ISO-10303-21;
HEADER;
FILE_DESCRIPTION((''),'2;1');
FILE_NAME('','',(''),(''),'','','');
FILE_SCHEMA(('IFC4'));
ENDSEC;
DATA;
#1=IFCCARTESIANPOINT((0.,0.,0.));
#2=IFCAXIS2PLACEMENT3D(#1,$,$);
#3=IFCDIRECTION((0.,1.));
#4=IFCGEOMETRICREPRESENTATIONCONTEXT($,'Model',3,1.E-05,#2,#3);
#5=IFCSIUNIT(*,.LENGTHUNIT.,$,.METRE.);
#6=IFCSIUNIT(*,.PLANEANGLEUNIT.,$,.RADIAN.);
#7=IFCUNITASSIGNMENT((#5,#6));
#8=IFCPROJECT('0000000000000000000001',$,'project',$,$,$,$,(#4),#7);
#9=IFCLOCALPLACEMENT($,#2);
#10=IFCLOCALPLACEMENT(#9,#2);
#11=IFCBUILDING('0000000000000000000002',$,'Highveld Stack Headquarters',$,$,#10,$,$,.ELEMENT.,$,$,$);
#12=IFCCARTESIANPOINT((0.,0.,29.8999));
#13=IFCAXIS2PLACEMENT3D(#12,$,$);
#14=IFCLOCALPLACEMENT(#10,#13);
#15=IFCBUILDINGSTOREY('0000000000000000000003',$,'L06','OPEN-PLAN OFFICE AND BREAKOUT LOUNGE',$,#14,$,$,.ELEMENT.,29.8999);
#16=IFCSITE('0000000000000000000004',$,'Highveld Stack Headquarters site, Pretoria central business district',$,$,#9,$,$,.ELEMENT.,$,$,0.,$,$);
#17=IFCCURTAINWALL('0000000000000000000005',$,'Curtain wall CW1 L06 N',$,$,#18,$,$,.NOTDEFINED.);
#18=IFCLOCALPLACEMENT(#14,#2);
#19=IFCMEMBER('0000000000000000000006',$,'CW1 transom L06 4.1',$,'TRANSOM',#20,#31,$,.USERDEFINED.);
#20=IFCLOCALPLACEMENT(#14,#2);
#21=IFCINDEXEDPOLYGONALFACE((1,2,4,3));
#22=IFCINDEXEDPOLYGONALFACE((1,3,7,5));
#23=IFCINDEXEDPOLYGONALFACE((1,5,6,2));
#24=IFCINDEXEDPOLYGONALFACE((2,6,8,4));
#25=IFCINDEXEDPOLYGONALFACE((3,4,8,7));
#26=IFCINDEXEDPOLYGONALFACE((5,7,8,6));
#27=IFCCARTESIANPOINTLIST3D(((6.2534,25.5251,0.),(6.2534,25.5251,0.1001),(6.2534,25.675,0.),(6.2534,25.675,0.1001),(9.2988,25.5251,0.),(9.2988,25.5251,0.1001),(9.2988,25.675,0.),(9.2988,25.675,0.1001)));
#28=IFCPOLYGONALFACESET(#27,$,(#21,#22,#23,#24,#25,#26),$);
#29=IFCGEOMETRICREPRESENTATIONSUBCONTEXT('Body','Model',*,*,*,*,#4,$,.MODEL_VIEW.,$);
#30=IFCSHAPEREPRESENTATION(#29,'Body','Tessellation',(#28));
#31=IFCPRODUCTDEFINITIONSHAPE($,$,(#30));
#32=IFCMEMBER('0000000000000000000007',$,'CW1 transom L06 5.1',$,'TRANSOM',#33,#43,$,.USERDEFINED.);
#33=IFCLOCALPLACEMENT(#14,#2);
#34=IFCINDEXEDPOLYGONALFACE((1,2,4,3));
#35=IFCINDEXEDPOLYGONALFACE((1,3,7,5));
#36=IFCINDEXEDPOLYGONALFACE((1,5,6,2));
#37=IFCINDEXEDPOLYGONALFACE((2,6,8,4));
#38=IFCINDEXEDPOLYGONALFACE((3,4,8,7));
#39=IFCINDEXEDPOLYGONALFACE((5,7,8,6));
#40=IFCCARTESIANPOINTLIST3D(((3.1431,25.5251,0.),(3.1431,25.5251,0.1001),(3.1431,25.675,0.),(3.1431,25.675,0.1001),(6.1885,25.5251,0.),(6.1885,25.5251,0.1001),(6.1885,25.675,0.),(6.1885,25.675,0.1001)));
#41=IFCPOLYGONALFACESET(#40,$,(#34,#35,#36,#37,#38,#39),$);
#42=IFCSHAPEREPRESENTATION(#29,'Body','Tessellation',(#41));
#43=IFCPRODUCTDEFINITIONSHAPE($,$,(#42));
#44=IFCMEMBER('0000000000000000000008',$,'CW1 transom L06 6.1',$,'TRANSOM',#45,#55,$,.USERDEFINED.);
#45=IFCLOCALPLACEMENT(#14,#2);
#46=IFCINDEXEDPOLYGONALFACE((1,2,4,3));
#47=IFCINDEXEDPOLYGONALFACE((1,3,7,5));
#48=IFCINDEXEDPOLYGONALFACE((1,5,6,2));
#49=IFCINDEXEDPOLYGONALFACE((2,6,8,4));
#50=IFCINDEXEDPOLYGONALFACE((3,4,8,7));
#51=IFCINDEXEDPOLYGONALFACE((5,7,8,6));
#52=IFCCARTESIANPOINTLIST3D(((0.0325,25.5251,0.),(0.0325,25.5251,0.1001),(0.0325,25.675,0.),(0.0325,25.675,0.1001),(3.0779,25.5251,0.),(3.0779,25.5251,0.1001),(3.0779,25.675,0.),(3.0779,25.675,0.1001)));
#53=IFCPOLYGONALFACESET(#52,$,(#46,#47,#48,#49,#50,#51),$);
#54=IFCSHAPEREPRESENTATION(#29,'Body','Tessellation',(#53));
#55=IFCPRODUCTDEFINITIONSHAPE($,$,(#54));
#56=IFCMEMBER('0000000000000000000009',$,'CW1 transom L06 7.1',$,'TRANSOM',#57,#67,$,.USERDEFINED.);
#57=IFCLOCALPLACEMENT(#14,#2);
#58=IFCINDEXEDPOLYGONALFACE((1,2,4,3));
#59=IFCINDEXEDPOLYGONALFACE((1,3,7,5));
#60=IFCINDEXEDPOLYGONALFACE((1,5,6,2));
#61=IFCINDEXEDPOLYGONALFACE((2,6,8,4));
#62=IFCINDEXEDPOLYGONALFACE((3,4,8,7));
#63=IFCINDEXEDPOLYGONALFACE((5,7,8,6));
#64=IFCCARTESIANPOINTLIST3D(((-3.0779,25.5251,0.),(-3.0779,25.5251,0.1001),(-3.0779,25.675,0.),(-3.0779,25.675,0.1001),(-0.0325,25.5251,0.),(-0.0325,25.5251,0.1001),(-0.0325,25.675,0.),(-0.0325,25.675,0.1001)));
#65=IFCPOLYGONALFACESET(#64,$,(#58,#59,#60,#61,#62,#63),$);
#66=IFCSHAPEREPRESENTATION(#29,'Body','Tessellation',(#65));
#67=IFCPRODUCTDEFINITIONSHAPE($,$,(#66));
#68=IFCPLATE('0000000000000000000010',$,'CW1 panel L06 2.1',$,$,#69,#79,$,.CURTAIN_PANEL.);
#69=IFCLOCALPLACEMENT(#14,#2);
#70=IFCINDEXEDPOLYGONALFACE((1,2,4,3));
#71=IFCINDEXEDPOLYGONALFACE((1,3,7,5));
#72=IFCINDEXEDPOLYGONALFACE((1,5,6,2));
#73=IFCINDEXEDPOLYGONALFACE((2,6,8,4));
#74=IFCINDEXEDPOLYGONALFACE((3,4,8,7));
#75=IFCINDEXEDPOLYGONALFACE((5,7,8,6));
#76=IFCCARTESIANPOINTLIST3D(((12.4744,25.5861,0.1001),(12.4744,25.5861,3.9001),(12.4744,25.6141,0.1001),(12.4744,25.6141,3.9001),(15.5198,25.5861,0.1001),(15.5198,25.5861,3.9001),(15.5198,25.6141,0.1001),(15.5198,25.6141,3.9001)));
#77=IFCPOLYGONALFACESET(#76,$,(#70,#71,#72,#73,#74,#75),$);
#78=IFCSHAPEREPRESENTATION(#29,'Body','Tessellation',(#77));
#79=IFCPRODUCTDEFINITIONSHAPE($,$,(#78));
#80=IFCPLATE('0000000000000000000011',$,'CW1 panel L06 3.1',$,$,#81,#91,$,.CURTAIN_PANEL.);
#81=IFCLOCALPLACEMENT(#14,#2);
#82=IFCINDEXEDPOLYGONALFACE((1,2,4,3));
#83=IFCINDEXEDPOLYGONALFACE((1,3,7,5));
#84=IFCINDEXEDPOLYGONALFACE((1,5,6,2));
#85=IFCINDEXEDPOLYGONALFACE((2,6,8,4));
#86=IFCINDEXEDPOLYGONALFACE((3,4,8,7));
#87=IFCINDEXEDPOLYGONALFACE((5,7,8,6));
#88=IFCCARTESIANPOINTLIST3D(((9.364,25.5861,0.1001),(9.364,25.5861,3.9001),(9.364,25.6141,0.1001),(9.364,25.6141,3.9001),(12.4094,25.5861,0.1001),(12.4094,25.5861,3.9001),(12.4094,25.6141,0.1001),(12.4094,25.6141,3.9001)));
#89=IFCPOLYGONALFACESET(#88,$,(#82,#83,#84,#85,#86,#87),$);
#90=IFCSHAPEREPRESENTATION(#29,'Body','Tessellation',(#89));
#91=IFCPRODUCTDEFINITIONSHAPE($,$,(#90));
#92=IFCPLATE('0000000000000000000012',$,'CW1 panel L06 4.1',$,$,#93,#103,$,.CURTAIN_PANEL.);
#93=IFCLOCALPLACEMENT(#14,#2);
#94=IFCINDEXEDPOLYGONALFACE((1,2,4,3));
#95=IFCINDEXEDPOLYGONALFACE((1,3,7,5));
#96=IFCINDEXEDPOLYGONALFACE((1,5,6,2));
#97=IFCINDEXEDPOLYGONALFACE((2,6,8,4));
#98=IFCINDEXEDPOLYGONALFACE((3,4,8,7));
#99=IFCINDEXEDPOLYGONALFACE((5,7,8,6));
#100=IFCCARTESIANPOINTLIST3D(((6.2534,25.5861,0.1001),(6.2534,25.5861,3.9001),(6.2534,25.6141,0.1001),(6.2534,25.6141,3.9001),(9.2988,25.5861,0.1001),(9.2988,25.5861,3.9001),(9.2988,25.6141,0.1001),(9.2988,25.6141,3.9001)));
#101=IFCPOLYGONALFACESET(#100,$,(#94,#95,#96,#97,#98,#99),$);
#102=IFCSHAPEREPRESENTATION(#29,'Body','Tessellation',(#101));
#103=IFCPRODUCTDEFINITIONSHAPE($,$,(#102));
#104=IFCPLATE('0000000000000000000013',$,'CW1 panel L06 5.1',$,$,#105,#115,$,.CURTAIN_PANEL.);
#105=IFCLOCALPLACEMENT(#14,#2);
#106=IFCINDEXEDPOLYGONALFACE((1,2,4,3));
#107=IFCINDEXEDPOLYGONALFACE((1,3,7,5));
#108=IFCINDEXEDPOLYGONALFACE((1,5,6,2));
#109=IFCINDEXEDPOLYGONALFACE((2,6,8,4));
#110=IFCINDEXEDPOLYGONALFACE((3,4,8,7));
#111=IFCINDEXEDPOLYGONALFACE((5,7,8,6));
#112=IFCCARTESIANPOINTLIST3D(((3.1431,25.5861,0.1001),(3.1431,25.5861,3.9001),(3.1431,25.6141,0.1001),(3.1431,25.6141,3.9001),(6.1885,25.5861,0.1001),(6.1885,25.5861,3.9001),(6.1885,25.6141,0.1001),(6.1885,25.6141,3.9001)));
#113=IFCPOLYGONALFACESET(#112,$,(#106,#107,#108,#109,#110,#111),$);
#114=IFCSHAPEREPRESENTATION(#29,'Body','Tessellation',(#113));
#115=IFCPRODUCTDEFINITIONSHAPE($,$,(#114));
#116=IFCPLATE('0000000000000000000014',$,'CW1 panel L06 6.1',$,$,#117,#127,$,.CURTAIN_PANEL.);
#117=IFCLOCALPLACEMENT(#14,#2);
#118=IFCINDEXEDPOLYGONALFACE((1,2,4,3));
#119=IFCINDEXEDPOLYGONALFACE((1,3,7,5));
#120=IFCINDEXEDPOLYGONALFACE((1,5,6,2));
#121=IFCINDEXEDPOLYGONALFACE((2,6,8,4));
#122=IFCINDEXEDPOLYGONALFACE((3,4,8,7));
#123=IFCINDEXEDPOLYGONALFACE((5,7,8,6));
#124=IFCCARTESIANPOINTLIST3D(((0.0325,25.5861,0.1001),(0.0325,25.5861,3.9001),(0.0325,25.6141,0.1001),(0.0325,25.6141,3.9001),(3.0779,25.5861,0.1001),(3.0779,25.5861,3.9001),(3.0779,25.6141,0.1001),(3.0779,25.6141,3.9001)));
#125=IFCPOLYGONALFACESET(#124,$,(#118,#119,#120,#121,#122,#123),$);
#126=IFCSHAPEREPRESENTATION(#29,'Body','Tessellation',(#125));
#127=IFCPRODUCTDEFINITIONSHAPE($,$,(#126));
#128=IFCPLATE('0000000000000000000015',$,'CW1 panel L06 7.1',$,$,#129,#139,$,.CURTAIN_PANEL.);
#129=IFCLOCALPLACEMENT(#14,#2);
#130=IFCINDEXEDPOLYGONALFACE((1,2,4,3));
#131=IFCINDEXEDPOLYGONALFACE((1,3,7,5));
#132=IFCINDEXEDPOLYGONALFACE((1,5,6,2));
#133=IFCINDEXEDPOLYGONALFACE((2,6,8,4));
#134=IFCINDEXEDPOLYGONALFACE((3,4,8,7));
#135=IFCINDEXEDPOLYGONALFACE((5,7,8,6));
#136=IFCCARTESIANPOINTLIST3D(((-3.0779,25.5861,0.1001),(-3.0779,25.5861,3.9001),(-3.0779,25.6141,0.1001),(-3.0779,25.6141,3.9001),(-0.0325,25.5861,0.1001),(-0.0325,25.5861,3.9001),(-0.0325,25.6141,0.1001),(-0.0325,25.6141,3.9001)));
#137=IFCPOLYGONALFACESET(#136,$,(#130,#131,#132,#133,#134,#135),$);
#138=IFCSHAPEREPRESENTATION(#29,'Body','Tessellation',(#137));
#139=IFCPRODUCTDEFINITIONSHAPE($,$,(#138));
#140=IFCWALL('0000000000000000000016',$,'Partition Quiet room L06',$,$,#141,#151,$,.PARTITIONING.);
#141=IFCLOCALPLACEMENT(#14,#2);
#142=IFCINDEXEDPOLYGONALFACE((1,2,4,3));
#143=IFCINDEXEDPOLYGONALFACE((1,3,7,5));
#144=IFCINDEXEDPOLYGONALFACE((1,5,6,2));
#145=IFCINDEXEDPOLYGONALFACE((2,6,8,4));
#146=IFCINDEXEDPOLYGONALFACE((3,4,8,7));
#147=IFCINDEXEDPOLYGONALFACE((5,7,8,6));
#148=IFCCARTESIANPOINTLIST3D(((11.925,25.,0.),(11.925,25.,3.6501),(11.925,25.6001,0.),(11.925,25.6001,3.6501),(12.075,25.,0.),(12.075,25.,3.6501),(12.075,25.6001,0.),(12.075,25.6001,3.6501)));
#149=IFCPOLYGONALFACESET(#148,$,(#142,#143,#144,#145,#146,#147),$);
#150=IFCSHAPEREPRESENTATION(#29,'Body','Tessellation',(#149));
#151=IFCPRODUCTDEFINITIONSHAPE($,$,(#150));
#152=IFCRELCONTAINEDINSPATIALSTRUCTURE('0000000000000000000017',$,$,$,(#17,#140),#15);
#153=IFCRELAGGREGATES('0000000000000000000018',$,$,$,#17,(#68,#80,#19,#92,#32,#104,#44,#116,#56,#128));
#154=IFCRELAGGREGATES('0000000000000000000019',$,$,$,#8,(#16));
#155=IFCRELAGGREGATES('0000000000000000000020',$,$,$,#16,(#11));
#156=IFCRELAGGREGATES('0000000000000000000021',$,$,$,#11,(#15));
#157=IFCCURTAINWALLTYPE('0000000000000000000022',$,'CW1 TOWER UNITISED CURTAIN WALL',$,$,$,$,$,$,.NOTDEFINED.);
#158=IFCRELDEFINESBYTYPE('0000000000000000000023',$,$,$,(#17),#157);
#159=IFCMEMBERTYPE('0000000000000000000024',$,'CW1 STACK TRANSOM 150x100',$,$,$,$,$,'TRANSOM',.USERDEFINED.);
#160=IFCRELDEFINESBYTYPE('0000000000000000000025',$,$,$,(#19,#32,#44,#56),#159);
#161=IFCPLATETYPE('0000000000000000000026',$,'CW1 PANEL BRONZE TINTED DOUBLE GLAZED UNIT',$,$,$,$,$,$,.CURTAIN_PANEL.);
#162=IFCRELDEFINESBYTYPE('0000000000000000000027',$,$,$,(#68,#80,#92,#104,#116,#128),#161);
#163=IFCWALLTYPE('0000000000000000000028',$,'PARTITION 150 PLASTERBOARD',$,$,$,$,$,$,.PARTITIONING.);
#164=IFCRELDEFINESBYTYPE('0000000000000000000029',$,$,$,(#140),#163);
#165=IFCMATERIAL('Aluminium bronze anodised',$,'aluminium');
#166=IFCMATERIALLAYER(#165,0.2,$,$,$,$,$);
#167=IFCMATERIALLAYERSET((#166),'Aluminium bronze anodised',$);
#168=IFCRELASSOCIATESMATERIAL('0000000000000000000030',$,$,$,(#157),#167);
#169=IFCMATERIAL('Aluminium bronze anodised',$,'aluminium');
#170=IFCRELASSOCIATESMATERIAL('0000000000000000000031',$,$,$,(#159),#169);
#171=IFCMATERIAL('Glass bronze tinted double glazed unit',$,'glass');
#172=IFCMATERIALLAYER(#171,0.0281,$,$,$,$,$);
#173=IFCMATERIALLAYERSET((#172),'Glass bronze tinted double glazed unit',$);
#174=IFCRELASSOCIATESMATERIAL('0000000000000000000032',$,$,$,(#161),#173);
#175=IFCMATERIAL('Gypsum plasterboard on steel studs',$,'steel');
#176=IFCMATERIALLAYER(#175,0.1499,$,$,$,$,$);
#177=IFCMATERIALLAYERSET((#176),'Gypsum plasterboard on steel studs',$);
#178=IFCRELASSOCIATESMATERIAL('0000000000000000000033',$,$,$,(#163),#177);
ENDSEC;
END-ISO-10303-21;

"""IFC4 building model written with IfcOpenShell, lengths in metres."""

from ifc_helpers import new_model, si_unit, direction, frame, frame_2d, origin, origin_2d, place, context, subcontext, project, spatial, rectangle, extrude, material, layer, layer_set, material_profile, profile_set, type_object, element, aggregate, save


model = new_model("IFC4")

# Units and contexts
model_context = context("Model", 3, precision=1e-05, world=origin(), true_north=direction((0.0, 1.0)))
body_context = subcontext(model_context, "Body", "Model", "MODEL_VIEW")
ifc_project = project(units=[si_unit("LENGTHUNIT", "METRE"), si_unit("PLANEANGLEUNIT", "RADIAN")], contexts=[model_context])

# Site, building, storey
site_placement = place(None, origin())
site = spatial("IfcSite", under=ifc_project, at=site_placement, Name="Highveld Stack Headquarters site, Pretoria central business district", CompositionType="ELEMENT", RefElevation=0.0)
building_placement = place(site_placement, origin())
building = spatial("IfcBuilding", under=site, at=building_placement, Name="Highveld Stack Headquarters", CompositionType="ELEMENT")
storey_placement = place(building_placement, frame((0.0, 0.0, 29.8999)))
storey = spatial("IfcBuildingStorey", under=building, at=storey_placement, Name="L06", Description="OPEN-PLAN OFFICE AND BREAKOUT LOUNGE", CompositionType="ELEMENT", Elevation=29.8999)

# Curtain wall, members, plates
ifc_material_1 = material(Name="Aluminium bronze anodised", Category="aluminium")
ifc_layer_1 = layer(ifc_material_1, 0.2)
ifc_layer_set_1 = layer_set([ifc_layer_1], Name="Aluminium bronze anodised")
curtain_wall_type = type_object("IfcCurtainWallType", Name="CW1 TOWER UNITISED CURTAIN WALL", PredefinedType="NOTDEFINED", material=ifc_layer_set_1)
curtain_wall_placement = place(storey_placement, origin())
curtain_wall = element("IfcCurtainWall", 1, at=curtain_wall_placement, inside=storey, type_object=curtain_wall_type, Name="Curtain wall CW1 L06 N", PredefinedType="NOTDEFINED")
ifc_material_2 = material(Name="Aluminium bronze anodised", Category="aluminium")
ifc_material_profile_1 = material_profile(ifc_material_2, rectangle(XDim=0.1499, YDim=0.1001, at=origin_2d()), Name="CW1 TRANSOM 150x100")
ifc_profile_set_1 = profile_set([ifc_material_profile_1], Name="Aluminium bronze anodised")
member_type_1 = type_object("IfcMemberType", Name="CW1 STACK TRANSOM 150x100", ElementType="TRANSOM", PredefinedType="USERDEFINED", material=ifc_profile_set_1)
member_1_placement = place(storey_placement, frame((9.2988, 25.6001, 0.05), z_axis=(-1.0, 0.0, 0.0), x_axis=(0.0, -1.0, 0.0)))
member_1 = element("IfcMember", 2, at=member_1_placement, type_object=member_type_1, Name="CW1 transom L06 4.1", ObjectType="TRANSOM", PredefinedType="USERDEFINED", context=body_context, shape_type="SweptSolid", body=[
    extrude(rectangle(XDim=0.1499, YDim=0.1001, at=origin_2d()), origin(), (0.0, 0.0, 1.0), 3.0454),
])
member_2_placement = place(storey_placement, frame((6.1885, 25.6001, 0.05), z_axis=(-1.0, 0.0, 0.0), x_axis=(0.0, -1.0, 0.0)))
member_2 = element("IfcMember", 3, at=member_2_placement, type_object=member_type_1, Name="CW1 transom L06 5.1", ObjectType="TRANSOM", PredefinedType="USERDEFINED", context=body_context, shape_type="SweptSolid", body=[
    extrude(rectangle(XDim=0.1499, YDim=0.1001, at=origin_2d()), origin(), (0.0, 0.0, 1.0), 3.0454),
])
member_3_placement = place(storey_placement, frame((3.0779, 25.6001, 0.05), z_axis=(-1.0, 0.0, 0.0), x_axis=(0.0, -1.0, 0.0)))
member_3 = element("IfcMember", 4, at=member_3_placement, type_object=member_type_1, Name="CW1 transom L06 6.1", ObjectType="TRANSOM", PredefinedType="USERDEFINED", context=body_context, shape_type="SweptSolid", body=[
    extrude(rectangle(XDim=0.1499, YDim=0.1001, at=origin_2d()), origin(), (0.0, 0.0, 1.0), 3.0454),
])
member_4_placement = place(storey_placement, frame((-0.0325, 25.6001, 0.05), z_axis=(-1.0, 0.0, 0.0), x_axis=(0.0, -1.0, 0.0)))
member_4 = element("IfcMember", 5, at=member_4_placement, type_object=member_type_1, Name="CW1 transom L06 7.1", ObjectType="TRANSOM", PredefinedType="USERDEFINED", context=body_context, shape_type="SweptSolid", body=[
    extrude(rectangle(XDim=0.1499, YDim=0.1001, at=origin_2d()), origin(), (0.0, 0.0, 1.0), 3.0454),
])
ifc_material_3 = material(Name="Glass bronze tinted double glazed unit", Category="glass")
ifc_layer_2 = layer(ifc_material_3, 0.0281)
ifc_layer_set_2 = layer_set([ifc_layer_2], Name="Glass bronze tinted double glazed unit")
plate_type = type_object("IfcPlateType", Name="CW1 PANEL BRONZE TINTED DOUBLE GLAZED UNIT", PredefinedType="CURTAIN_PANEL", material=ifc_layer_set_2)
plate_1_placement = place(storey_placement, frame((13.9971, 25.6001, 0.1001), z_axis=(0.0, 0.0, 1.0), x_axis=(-1.0, 0.0, 0.0)))
plate_1 = element("IfcPlate", 6, at=plate_1_placement, type_object=plate_type, Name="CW1 panel L06 2.1", PredefinedType="CURTAIN_PANEL", context=body_context, shape_type="SweptSolid", body=[
    extrude(rectangle(XDim=3.0454, YDim=0.0281, at=origin_2d()), origin(), (0.0, 0.0, 1.0), 3.8),
])
plate_2_placement = place(storey_placement, frame((10.8867, 25.6001, 0.1001), z_axis=(0.0, 0.0, 1.0), x_axis=(-1.0, 0.0, 0.0)))
plate_2 = element("IfcPlate", 7, at=plate_2_placement, type_object=plate_type, Name="CW1 panel L06 3.1", PredefinedType="CURTAIN_PANEL", context=body_context, shape_type="SweptSolid", body=[
    extrude(rectangle(XDim=3.0454, YDim=0.0281, at=origin_2d()), origin(), (0.0, 0.0, 1.0), 3.8),
])
plate_3_placement = place(storey_placement, frame((7.7761, 25.6001, 0.1001), z_axis=(0.0, 0.0, 1.0), x_axis=(-1.0, 0.0, 0.0)))
plate_3 = element("IfcPlate", 8, at=plate_3_placement, type_object=plate_type, Name="CW1 panel L06 4.1", PredefinedType="CURTAIN_PANEL", context=body_context, shape_type="SweptSolid", body=[
    extrude(rectangle(XDim=3.0454, YDim=0.0281, at=origin_2d()), origin(), (0.0, 0.0, 1.0), 3.8),
])
plate_4_placement = place(storey_placement, frame((4.6658, 25.6001, 0.1001), z_axis=(0.0, 0.0, 1.0), x_axis=(-1.0, 0.0, 0.0)))
plate_4 = element("IfcPlate", 9, at=plate_4_placement, type_object=plate_type, Name="CW1 panel L06 5.1", PredefinedType="CURTAIN_PANEL", context=body_context, shape_type="SweptSolid", body=[
    extrude(rectangle(XDim=3.0454, YDim=0.0281, at=origin_2d()), origin(), (0.0, 0.0, 1.0), 3.8),
])
plate_5_placement = place(storey_placement, frame((1.5552, 25.6001, 0.1001), z_axis=(0.0, 0.0, 1.0), x_axis=(-1.0, 0.0, 0.0)))
plate_5 = element("IfcPlate", 10, at=plate_5_placement, type_object=plate_type, Name="CW1 panel L06 6.1", PredefinedType="CURTAIN_PANEL", context=body_context, shape_type="SweptSolid", body=[
    extrude(rectangle(XDim=3.0454, YDim=0.0281, at=origin_2d()), origin(), (0.0, 0.0, 1.0), 3.8),
])
plate_6_placement = place(storey_placement, frame((-1.5552, 25.6001, 0.1001), z_axis=(0.0, 0.0, 1.0), x_axis=(-1.0, 0.0, 0.0)))
plate_6 = element("IfcPlate", 11, at=plate_6_placement, type_object=plate_type, Name="CW1 panel L06 7.1", PredefinedType="CURTAIN_PANEL", context=body_context, shape_type="SweptSolid", body=[
    extrude(rectangle(XDim=3.0454, YDim=0.0281, at=origin_2d()), origin(), (0.0, 0.0, 1.0), 3.8),
])
aggregate(curtain_wall, [plate_1, plate_2, member_1, plate_3, member_2, plate_4, member_3, plate_5, member_4, plate_6])

# Wall
ifc_material_4 = material(Name="Gypsum plasterboard on steel studs", Category="steel")
ifc_layer_3 = layer(ifc_material_4, 0.1499)
ifc_layer_set_3 = layer_set([ifc_layer_3], Name="Gypsum plasterboard on steel studs")
wall_type = type_object("IfcWallType", Name="PARTITION 150 PLASTERBOARD", PredefinedType="PARTITIONING", material=ifc_layer_set_3)
wall_placement = place(storey_placement, frame((12.0, 25.0, 0.0), z_axis=(0.0, 0.0, 1.0), x_axis=(0.0, 1.0, 0.0)))
element("IfcWall", 12, at=wall_placement, inside=storey, type_object=wall_type, Name="Partition Quiet room L06", PredefinedType="PARTITIONING", context=body_context, shape_type="SweptSolid", body=[
    extrude(rectangle(XDim=0.6001, YDim=0.1499, at=frame_2d((0.3, 0.0))), origin(), (0.0, 0.0, 1.0), 3.6501),
])

save(model, "model.ifc")
